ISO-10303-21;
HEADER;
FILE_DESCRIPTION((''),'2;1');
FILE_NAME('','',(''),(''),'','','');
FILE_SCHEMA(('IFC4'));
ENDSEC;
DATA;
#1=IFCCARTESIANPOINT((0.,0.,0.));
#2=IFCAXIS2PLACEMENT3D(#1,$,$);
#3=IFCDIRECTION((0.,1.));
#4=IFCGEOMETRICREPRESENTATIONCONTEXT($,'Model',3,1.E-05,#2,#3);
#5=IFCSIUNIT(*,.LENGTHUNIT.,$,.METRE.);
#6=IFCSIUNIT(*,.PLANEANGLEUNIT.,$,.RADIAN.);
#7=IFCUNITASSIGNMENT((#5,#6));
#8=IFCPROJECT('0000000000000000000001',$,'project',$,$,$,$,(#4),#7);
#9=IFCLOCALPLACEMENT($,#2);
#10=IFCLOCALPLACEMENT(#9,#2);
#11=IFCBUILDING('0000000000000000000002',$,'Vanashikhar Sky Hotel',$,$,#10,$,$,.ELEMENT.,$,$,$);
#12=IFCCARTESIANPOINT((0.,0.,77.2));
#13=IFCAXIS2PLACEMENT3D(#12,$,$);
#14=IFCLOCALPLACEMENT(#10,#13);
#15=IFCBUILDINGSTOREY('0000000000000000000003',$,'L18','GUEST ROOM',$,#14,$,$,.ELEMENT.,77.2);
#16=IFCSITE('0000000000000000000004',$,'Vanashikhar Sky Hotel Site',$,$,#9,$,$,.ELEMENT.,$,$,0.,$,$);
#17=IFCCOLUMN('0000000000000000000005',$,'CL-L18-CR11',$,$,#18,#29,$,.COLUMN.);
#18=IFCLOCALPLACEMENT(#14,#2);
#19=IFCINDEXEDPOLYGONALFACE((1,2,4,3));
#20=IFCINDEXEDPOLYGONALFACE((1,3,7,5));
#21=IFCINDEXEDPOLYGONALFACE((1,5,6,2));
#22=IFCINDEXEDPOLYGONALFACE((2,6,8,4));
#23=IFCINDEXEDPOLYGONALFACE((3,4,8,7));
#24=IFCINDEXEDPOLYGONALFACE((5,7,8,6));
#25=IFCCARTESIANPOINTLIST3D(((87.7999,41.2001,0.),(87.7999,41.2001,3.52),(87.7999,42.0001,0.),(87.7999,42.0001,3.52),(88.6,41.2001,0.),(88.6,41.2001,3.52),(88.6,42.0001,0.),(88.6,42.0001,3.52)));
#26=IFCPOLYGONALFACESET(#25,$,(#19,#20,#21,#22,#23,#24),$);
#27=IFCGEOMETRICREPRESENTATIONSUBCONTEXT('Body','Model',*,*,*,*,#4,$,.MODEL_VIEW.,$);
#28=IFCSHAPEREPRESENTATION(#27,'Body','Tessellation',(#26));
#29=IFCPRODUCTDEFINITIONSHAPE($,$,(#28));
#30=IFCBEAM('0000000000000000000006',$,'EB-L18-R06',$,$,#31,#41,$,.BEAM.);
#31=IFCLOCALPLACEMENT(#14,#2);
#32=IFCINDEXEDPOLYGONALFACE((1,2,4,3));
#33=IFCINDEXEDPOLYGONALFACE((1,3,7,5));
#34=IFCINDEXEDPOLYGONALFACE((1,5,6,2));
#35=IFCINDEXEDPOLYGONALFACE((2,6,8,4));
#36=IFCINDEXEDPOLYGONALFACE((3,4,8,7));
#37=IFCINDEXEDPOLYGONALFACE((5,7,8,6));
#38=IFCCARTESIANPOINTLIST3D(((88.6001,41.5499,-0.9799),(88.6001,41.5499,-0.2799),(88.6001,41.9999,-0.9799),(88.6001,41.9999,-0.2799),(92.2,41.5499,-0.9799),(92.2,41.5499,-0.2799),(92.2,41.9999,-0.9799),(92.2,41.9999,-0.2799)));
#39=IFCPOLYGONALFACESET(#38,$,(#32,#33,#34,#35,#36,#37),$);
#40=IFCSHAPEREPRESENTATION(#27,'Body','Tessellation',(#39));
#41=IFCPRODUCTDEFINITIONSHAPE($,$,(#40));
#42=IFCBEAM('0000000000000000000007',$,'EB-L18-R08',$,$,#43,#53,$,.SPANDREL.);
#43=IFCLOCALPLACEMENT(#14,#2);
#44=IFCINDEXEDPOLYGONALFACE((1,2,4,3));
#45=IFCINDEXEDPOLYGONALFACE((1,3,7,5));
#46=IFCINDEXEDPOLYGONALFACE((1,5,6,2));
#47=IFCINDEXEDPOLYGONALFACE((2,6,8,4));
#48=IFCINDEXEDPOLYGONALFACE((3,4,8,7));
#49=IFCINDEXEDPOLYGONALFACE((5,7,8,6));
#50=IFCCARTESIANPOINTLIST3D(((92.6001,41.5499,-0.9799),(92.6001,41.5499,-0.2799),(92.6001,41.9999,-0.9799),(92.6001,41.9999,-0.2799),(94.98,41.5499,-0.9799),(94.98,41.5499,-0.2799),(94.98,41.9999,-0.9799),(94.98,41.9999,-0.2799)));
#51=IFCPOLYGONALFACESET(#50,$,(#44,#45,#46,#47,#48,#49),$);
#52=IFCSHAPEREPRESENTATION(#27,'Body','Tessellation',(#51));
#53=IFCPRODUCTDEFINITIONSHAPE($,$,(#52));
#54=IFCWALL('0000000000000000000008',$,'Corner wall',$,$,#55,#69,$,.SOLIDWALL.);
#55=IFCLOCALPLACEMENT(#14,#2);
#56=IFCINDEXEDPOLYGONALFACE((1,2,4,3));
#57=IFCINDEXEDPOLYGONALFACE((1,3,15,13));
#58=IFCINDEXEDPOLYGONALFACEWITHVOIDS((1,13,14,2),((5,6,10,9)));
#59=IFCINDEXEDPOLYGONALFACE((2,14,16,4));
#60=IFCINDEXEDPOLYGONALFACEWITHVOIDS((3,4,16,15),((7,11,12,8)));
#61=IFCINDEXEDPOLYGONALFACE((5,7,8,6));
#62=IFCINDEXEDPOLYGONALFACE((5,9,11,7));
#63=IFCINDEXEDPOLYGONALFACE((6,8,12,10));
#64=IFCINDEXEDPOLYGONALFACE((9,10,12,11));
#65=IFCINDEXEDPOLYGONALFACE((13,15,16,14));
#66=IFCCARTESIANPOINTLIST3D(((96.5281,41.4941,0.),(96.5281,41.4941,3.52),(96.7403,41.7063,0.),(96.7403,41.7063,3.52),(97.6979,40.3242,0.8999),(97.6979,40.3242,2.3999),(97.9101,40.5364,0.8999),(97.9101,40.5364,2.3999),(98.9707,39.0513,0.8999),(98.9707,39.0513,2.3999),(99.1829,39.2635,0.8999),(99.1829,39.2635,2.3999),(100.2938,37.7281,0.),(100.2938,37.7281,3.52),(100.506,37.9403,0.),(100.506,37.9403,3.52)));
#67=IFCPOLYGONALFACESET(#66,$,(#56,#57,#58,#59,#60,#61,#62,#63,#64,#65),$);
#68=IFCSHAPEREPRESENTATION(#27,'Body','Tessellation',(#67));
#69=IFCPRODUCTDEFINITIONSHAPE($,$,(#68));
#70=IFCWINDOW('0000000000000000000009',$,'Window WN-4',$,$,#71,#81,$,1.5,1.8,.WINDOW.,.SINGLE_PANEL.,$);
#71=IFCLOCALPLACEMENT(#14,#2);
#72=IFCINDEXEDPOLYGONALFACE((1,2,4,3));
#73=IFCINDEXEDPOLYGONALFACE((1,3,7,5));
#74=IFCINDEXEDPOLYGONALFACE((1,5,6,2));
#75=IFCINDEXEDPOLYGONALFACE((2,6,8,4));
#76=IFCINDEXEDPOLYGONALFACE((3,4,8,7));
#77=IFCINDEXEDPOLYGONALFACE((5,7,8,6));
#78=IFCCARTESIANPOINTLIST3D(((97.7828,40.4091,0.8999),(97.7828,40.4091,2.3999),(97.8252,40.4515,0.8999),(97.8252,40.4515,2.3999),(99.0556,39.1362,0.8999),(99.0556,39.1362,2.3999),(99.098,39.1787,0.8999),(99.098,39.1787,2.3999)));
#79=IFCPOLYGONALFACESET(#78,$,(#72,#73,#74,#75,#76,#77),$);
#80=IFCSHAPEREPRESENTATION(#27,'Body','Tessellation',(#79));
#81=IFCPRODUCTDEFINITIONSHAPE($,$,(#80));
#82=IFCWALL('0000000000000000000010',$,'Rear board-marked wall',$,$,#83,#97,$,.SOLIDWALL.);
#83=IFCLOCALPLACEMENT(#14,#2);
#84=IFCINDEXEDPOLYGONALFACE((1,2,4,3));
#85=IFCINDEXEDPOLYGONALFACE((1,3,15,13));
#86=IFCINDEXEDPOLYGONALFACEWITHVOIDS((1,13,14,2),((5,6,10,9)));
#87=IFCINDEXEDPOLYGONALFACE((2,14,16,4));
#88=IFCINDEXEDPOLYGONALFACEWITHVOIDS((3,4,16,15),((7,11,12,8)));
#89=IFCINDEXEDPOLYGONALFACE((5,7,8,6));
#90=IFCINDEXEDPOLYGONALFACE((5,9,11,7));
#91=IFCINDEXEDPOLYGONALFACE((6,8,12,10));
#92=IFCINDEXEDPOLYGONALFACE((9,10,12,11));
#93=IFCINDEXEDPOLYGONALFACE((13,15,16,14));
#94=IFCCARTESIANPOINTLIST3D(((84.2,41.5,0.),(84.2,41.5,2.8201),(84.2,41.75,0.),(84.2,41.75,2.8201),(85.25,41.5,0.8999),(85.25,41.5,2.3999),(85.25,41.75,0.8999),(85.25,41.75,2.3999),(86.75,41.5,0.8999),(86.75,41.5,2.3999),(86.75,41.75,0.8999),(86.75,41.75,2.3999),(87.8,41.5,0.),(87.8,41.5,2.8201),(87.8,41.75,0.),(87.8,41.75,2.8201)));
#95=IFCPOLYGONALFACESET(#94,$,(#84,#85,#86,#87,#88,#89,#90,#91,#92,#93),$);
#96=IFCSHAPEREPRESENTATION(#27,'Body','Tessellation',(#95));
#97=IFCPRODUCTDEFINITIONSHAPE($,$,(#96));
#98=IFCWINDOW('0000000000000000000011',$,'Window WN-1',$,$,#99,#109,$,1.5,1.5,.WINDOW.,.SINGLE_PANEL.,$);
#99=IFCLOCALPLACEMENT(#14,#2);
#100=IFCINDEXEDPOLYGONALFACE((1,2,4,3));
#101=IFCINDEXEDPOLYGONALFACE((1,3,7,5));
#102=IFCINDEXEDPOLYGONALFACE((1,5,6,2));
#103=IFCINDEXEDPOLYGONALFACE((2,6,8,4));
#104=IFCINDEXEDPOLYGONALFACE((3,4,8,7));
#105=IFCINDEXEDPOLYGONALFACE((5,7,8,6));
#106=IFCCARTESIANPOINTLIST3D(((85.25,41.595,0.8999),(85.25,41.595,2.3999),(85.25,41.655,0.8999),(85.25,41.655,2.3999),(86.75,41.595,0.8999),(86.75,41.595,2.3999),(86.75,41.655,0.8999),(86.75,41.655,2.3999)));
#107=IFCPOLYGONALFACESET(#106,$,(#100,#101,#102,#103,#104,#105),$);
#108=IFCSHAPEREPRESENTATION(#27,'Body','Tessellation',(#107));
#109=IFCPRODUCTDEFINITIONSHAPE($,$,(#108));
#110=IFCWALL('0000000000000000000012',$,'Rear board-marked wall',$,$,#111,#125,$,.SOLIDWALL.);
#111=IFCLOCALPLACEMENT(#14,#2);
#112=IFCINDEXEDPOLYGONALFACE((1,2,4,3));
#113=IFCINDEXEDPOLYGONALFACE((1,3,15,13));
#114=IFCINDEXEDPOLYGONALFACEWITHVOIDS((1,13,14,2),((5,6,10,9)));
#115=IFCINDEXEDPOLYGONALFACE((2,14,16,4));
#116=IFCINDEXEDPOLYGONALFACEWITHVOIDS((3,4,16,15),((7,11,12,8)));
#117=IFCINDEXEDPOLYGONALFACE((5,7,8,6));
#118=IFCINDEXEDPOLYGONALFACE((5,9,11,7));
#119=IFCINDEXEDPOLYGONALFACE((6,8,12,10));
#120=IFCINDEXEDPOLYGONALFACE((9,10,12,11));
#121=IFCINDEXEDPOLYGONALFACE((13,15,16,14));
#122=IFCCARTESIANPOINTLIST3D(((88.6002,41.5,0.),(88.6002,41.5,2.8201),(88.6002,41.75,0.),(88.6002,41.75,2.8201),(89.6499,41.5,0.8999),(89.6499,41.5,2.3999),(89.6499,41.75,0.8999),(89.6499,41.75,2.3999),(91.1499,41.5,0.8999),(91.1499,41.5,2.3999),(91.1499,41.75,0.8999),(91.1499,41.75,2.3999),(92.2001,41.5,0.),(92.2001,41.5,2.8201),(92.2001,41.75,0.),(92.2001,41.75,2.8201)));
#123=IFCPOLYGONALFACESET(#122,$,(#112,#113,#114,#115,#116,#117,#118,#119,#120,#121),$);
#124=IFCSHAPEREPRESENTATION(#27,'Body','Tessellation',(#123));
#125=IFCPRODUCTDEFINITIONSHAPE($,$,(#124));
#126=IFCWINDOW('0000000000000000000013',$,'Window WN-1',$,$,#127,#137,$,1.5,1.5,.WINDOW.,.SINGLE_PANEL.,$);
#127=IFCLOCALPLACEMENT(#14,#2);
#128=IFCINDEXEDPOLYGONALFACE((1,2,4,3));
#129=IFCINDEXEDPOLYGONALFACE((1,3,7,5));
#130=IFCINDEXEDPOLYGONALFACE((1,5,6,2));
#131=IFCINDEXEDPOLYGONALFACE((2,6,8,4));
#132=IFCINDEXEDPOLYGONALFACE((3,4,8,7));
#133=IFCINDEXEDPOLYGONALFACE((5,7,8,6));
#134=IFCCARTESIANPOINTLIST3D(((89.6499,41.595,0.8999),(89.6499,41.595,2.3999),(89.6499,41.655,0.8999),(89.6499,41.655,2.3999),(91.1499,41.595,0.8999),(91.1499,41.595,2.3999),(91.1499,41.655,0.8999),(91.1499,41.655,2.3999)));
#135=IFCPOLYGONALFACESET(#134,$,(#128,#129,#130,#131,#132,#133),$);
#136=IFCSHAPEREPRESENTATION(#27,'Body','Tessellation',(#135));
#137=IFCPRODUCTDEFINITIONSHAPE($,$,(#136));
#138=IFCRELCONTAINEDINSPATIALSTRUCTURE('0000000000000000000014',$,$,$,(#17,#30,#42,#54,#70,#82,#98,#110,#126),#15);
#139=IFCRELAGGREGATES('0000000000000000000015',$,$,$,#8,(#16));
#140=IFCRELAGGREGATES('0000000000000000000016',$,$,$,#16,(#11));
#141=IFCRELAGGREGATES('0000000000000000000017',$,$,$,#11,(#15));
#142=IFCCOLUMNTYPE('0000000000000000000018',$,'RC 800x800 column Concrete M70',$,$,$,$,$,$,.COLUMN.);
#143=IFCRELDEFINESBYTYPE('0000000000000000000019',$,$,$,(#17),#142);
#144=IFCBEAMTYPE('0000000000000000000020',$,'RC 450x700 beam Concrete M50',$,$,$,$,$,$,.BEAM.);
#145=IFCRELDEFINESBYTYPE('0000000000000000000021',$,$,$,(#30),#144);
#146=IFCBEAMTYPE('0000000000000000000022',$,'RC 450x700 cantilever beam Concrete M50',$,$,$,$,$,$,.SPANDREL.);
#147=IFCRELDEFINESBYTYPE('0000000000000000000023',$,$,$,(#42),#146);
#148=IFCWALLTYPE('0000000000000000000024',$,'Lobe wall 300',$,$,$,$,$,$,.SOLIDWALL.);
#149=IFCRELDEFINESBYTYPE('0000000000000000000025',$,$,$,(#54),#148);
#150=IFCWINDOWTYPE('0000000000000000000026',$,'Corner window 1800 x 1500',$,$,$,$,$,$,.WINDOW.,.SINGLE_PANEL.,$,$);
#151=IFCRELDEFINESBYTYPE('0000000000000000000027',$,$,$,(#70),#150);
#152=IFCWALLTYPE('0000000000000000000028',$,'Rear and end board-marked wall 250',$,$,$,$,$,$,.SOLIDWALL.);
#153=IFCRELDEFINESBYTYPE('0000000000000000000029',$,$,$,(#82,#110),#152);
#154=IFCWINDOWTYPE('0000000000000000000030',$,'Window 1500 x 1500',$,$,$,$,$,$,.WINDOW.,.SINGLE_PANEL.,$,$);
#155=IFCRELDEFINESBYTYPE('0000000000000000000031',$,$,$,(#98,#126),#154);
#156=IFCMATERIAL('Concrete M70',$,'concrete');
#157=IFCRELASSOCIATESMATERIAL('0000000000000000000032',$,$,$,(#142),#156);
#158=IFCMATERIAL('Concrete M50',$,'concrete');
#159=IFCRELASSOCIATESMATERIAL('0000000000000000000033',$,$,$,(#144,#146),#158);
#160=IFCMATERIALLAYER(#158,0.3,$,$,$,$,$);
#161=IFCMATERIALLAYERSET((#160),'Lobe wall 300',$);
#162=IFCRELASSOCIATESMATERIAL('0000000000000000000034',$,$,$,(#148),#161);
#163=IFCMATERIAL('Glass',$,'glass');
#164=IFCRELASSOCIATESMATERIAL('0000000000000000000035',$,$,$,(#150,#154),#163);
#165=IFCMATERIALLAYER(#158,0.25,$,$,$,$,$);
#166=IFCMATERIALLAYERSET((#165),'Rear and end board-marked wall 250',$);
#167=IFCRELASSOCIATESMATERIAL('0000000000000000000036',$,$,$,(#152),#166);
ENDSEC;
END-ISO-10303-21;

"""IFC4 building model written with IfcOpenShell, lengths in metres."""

from ifc_helpers import new_model, si_unit, direction, frame, frame_2d, origin, origin_2d, place, context, subcontext, project, spatial, rectangle, extrude, source, transform, mapped, material, layer, layer_set, material_profile, profile_set, type_object, element, fill, save


model = new_model("IFC4")

# Units and contexts
model_context = context("Model", 3, precision=1e-05, world=origin(), true_north=direction((0.0, 1.0)))
body_context = subcontext(model_context, "Body", "Model", "MODEL_VIEW")
ifc_project = project(units=[si_unit("LENGTHUNIT", "METRE"), si_unit("PLANEANGLEUNIT", "RADIAN")], contexts=[model_context])

# Site, building, storey
site_placement = place(None, origin())
site = spatial("IfcSite", under=ifc_project, at=site_placement, Name="Vanashikhar Sky Hotel Site", CompositionType="ELEMENT", RefElevation=0.0)
building_placement = place(site_placement, origin())
building = spatial("IfcBuilding", under=site, at=building_placement, Name="Vanashikhar Sky Hotel", CompositionType="ELEMENT")
storey_placement = place(building_placement, frame((0.0, 0.0, 77.2)))
storey = spatial("IfcBuildingStorey", under=building, at=storey_placement, Name="L18", Description="GUEST ROOM", CompositionType="ELEMENT", Elevation=77.2)

# Column
ifc_material_1 = material(Name="Concrete M70", Category="concrete")
ifc_material_profile_1 = material_profile(ifc_material_1, rectangle(XDim=0.8, YDim=0.8, at=origin_2d()))
ifc_profile_set_1 = profile_set([ifc_material_profile_1], Name="RC 800x800 column Concrete M70")
column_type = type_object("IfcColumnType", Name="RC 800x800 column Concrete M70", PredefinedType="COLUMN", material=ifc_profile_set_1)
shared_shape_1 = source(origin(), body_context, "Body", "SweptSolid", [
    extrude(rectangle(XDim=0.8, YDim=0.8, at=origin_2d()), origin(), (0.0, 0.0, 1.0), 3.52),
])
column_placement = place(storey_placement, frame((88.2, 41.6001, 0.0), z_axis=(0.0, 0.0, 1.0), x_axis=(1.0, 0.0, 0.0)))
element("IfcColumn", 1, at=column_placement, inside=storey, type_object=column_type, Name="CL-L18-CR11", PredefinedType="COLUMN", context=body_context, shape_type="MappedRepresentation", body=[
    mapped(shared_shape_1, transform((0.0, 0.0, 0.0), scale=1.0)),
])

# Beams
ifc_material_2 = material(Name="Concrete M50", Category="concrete")
ifc_material_profile_2 = material_profile(ifc_material_2, rectangle(XDim=0.45, YDim=0.7, at=origin_2d()))
ifc_profile_set_2 = profile_set([ifc_material_profile_2], Name="RC 450x700 beam Concrete M50")
beam_type_1 = type_object("IfcBeamType", Name="RC 450x700 beam Concrete M50", PredefinedType="BEAM", material=ifc_profile_set_2)
shared_shape_2 = source(origin(), body_context, "Body", "SweptSolid", [
    extrude(rectangle(XDim=0.45, YDim=0.7, at=origin_2d()), origin(), (0.0, 0.0, 1.0), 3.5999),
])
beam_1_placement = place(storey_placement, frame((88.6001, 41.7749, -0.6299), z_axis=(1.0, 0.0, 0.0), x_axis=(0.0, 1.0, 0.0)))
element("IfcBeam", 2, at=beam_1_placement, inside=storey, type_object=beam_type_1, Name="EB-L18-R06", PredefinedType="BEAM", context=body_context, shape_type="MappedRepresentation", body=[
    mapped(shared_shape_2, transform((0.0, 0.0, 0.0), scale=1.0)),
])
ifc_material_profile_3 = material_profile(ifc_material_2, rectangle(XDim=0.45, YDim=0.7, at=origin_2d()))
ifc_profile_set_3 = profile_set([ifc_material_profile_3], Name="RC 450x700 cantilever beam Concrete M50")
beam_type_2 = type_object("IfcBeamType", Name="RC 450x700 cantilever beam Concrete M50", PredefinedType="SPANDREL", material=ifc_profile_set_3)
shared_shape_3 = source(origin(), body_context, "Body", "SweptSolid", [
    extrude(rectangle(XDim=0.45, YDim=0.7, at=origin_2d()), origin(), (0.0, 0.0, 1.0), 2.3799),
])
beam_2_placement = place(storey_placement, frame((92.6001, 41.7749, -0.6299), z_axis=(1.0, 0.0, 0.0), x_axis=(0.0, 1.0, 0.0)))
element("IfcBeam", 3, at=beam_2_placement, inside=storey, type_object=beam_type_2, Name="EB-L18-R08", PredefinedType="SPANDREL", context=body_context, shape_type="MappedRepresentation", body=[
    mapped(shared_shape_3, transform((0.0, 0.0, 0.0), scale=1.0)),
])

# Walls, openings, windows
ifc_layer_1 = layer(ifc_material_2, 0.3)
ifc_layer_set_1 = layer_set([ifc_layer_1], Name="Lobe wall 300")
wall_type_1 = type_object("IfcWallType", Name="Lobe wall 300", PredefinedType="SOLIDWALL", material=ifc_layer_set_1)
shared_shape_4 = source(origin(), body_context, "Body", "SweptSolid", [
    extrude(rectangle(XDim=5.3257, YDim=0.3, at=frame_2d((2.6628, 0.0))), origin(), (0.0, 0.0, 1.0), 3.52),
])
wall_1_placement = place(storey_placement, frame((100.3999, 37.8342, 0.0), z_axis=(0.0, 0.0, 1.0), x_axis=(-0.707084, 0.70713, 0.0)))
wall_1 = element("IfcWall", 4, at=wall_1_placement, inside=storey, type_object=wall_type_1, Name="Corner wall", PredefinedType="SOLIDWALL", context=body_context, shape_type="MappedRepresentation", body=[
    mapped(shared_shape_4, transform((0.0, 0.0, 0.0), scale=1.0)),
])
shared_shape_5 = source(origin(), body_context, "Body", "SweptSolid", [
    extrude(rectangle(XDim=1.8, YDim=1.5, at=frame_2d((0.8999, 0.75))), frame((0.0, 0.1602, 0.0), z_axis=(0.0, -1.0, 0.0), x_axis=(1.0, 0.0, 0.0)), (0.0, 0.0, 1.0), 0.3201),
])
opening_1_placement = place(wall_1_placement, frame((1.8713, 0.0, 0.8999)))
opening_1 = element("IfcOpeningElement", 5, at=opening_1_placement, cuts=wall_1, PredefinedType="OPENING", context=body_context, shape_type="MappedRepresentation", body=[
    mapped(shared_shape_5, transform((0.0, 0.0, 0.0), scale=1.0)),
])
ifc_material_3 = material(Name="Glass", Category="glass")
window_type_1 = type_object("IfcWindowType", Name="Corner window 1800 x 1500", PartitioningType="SINGLE_PANEL", PredefinedType="WINDOW", material=ifc_material_3)
shared_shape_6 = source(origin(), body_context, "Body", "SweptSolid", [
    extrude(rectangle(XDim=1.8, YDim=1.5, at=frame_2d((0.8999, 0.75))), frame((0.0, 0.03, 0.0), z_axis=(0.0, -1.0, 0.0), x_axis=(1.0, 0.0, 0.0)), (0.0, 0.0, 1.0), 0.0601),
])
window_1_placement = place(opening_1_placement, origin())
window_1 = element("IfcWindow", 6, at=window_1_placement, inside=storey, type_object=window_type_1, Name="Window WN-4", OverallHeight=1.5, OverallWidth=1.8, PartitioningType="SINGLE_PANEL", PredefinedType="WINDOW", context=body_context, shape_type="MappedRepresentation", body=[
    mapped(shared_shape_6, transform((0.0, 0.0, 0.0), scale=1.0)),
])
fill(opening_1, window_1)
ifc_layer_2 = layer(ifc_material_2, 0.25)
ifc_layer_set_2 = layer_set([ifc_layer_2], Name="Rear and end board-marked wall 250")
wall_type_2 = type_object("IfcWallType", Name="Rear and end board-marked wall 250", PredefinedType="SOLIDWALL", material=ifc_layer_set_2)
shared_shape_7 = source(origin(), body_context, "Body", "SweptSolid", [
    extrude(rectangle(XDim=3.6001, YDim=0.25, at=frame_2d((1.8, 0.0))), origin(), (0.0, 0.0, 1.0), 2.8201),
])
wall_2_placement = place(storey_placement, frame((87.8, 41.625, 0.0), z_axis=(0.0, 0.0, 1.0), x_axis=(-1.0, 0.0, 0.0)))
wall_2 = element("IfcWall", 7, at=wall_2_placement, inside=storey, type_object=wall_type_2, Name="Rear board-marked wall", PredefinedType="SOLIDWALL", context=body_context, shape_type="MappedRepresentation", body=[
    mapped(shared_shape_7, transform((0.0, 0.0, 0.0), scale=1.0)),
])
shared_shape_8 = source(origin(), body_context, "Body", "SweptSolid", [
    extrude(rectangle(XDim=1.5, YDim=1.5, at=frame_2d((0.75, 0.75))), frame((0.0, 0.135, 0.0), z_axis=(0.0, -1.0, 0.0), x_axis=(1.0, 0.0, 0.0)), (0.0, 0.0, 1.0), 0.27),
])
opening_2_placement = place(wall_2_placement, frame((1.05, 0.0, 0.8999)))
opening_2 = element("IfcOpeningElement", 8, at=opening_2_placement, cuts=wall_2, PredefinedType="OPENING", context=body_context, shape_type="MappedRepresentation", body=[
    mapped(shared_shape_8, transform((0.0, 0.0, 0.0), scale=1.0)),
])
window_type_2 = type_object("IfcWindowType", Name="Window 1500 x 1500", PartitioningType="SINGLE_PANEL", PredefinedType="WINDOW", material=ifc_material_3)
shared_shape_9 = source(origin(), body_context, "Body", "SweptSolid", [
    extrude(rectangle(XDim=1.5, YDim=1.5, at=frame_2d((0.75, 0.75))), frame((0.0, 0.03, 0.0), z_axis=(0.0, -1.0, 0.0), x_axis=(1.0, 0.0, 0.0)), (0.0, 0.0, 1.0), 0.0601),
])
window_2_placement = place(opening_2_placement, origin())
window_2 = element("IfcWindow", 9, at=window_2_placement, inside=storey, type_object=window_type_2, Name="Window WN-1", OverallHeight=1.5, OverallWidth=1.5, PartitioningType="SINGLE_PANEL", PredefinedType="WINDOW", context=body_context, shape_type="MappedRepresentation", body=[
    mapped(shared_shape_9, transform((0.0, 0.0, 0.0), scale=1.0)),
])
fill(opening_2, window_2)
shared_shape_10 = source(origin(), body_context, "Body", "SweptSolid", [
    extrude(rectangle(XDim=3.5999, YDim=0.25, at=frame_2d((1.7998, 0.0))), origin(), (0.0, 0.0, 1.0), 2.8201),
])
wall_3_placement = place(storey_placement, frame((92.2, 41.625, 0.0), z_axis=(0.0, 0.0, 1.0), x_axis=(-1.0, 0.0, 0.0)))
wall_3 = element("IfcWall", 10, at=wall_3_placement, inside=storey, type_object=wall_type_2, Name="Rear board-marked wall", PredefinedType="SOLIDWALL", context=body_context, shape_type="MappedRepresentation", body=[
    mapped(shared_shape_10, transform((0.0, 0.0, 0.0), scale=1.0)),
])
opening_3_placement = place(wall_3_placement, frame((1.05, 0.0, 0.8999)))
opening_3 = element("IfcOpeningElement", 11, at=opening_3_placement, cuts=wall_3, PredefinedType="OPENING", context=body_context, shape_type="MappedRepresentation", body=[
    mapped(shared_shape_8, transform((0.0, 0.0, 0.0), scale=1.0)),
])
window_3_placement = place(opening_3_placement, origin())
window_3 = element("IfcWindow", 12, at=window_3_placement, inside=storey, type_object=window_type_2, Name="Window WN-1", OverallHeight=1.5, OverallWidth=1.5, PartitioningType="SINGLE_PANEL", PredefinedType="WINDOW", context=body_context, shape_type="MappedRepresentation", body=[
    mapped(shared_shape_9, transform((0.0, 0.0, 0.0), scale=1.0)),
])
fill(opening_3, window_3)

save(model, "model.ifc")
